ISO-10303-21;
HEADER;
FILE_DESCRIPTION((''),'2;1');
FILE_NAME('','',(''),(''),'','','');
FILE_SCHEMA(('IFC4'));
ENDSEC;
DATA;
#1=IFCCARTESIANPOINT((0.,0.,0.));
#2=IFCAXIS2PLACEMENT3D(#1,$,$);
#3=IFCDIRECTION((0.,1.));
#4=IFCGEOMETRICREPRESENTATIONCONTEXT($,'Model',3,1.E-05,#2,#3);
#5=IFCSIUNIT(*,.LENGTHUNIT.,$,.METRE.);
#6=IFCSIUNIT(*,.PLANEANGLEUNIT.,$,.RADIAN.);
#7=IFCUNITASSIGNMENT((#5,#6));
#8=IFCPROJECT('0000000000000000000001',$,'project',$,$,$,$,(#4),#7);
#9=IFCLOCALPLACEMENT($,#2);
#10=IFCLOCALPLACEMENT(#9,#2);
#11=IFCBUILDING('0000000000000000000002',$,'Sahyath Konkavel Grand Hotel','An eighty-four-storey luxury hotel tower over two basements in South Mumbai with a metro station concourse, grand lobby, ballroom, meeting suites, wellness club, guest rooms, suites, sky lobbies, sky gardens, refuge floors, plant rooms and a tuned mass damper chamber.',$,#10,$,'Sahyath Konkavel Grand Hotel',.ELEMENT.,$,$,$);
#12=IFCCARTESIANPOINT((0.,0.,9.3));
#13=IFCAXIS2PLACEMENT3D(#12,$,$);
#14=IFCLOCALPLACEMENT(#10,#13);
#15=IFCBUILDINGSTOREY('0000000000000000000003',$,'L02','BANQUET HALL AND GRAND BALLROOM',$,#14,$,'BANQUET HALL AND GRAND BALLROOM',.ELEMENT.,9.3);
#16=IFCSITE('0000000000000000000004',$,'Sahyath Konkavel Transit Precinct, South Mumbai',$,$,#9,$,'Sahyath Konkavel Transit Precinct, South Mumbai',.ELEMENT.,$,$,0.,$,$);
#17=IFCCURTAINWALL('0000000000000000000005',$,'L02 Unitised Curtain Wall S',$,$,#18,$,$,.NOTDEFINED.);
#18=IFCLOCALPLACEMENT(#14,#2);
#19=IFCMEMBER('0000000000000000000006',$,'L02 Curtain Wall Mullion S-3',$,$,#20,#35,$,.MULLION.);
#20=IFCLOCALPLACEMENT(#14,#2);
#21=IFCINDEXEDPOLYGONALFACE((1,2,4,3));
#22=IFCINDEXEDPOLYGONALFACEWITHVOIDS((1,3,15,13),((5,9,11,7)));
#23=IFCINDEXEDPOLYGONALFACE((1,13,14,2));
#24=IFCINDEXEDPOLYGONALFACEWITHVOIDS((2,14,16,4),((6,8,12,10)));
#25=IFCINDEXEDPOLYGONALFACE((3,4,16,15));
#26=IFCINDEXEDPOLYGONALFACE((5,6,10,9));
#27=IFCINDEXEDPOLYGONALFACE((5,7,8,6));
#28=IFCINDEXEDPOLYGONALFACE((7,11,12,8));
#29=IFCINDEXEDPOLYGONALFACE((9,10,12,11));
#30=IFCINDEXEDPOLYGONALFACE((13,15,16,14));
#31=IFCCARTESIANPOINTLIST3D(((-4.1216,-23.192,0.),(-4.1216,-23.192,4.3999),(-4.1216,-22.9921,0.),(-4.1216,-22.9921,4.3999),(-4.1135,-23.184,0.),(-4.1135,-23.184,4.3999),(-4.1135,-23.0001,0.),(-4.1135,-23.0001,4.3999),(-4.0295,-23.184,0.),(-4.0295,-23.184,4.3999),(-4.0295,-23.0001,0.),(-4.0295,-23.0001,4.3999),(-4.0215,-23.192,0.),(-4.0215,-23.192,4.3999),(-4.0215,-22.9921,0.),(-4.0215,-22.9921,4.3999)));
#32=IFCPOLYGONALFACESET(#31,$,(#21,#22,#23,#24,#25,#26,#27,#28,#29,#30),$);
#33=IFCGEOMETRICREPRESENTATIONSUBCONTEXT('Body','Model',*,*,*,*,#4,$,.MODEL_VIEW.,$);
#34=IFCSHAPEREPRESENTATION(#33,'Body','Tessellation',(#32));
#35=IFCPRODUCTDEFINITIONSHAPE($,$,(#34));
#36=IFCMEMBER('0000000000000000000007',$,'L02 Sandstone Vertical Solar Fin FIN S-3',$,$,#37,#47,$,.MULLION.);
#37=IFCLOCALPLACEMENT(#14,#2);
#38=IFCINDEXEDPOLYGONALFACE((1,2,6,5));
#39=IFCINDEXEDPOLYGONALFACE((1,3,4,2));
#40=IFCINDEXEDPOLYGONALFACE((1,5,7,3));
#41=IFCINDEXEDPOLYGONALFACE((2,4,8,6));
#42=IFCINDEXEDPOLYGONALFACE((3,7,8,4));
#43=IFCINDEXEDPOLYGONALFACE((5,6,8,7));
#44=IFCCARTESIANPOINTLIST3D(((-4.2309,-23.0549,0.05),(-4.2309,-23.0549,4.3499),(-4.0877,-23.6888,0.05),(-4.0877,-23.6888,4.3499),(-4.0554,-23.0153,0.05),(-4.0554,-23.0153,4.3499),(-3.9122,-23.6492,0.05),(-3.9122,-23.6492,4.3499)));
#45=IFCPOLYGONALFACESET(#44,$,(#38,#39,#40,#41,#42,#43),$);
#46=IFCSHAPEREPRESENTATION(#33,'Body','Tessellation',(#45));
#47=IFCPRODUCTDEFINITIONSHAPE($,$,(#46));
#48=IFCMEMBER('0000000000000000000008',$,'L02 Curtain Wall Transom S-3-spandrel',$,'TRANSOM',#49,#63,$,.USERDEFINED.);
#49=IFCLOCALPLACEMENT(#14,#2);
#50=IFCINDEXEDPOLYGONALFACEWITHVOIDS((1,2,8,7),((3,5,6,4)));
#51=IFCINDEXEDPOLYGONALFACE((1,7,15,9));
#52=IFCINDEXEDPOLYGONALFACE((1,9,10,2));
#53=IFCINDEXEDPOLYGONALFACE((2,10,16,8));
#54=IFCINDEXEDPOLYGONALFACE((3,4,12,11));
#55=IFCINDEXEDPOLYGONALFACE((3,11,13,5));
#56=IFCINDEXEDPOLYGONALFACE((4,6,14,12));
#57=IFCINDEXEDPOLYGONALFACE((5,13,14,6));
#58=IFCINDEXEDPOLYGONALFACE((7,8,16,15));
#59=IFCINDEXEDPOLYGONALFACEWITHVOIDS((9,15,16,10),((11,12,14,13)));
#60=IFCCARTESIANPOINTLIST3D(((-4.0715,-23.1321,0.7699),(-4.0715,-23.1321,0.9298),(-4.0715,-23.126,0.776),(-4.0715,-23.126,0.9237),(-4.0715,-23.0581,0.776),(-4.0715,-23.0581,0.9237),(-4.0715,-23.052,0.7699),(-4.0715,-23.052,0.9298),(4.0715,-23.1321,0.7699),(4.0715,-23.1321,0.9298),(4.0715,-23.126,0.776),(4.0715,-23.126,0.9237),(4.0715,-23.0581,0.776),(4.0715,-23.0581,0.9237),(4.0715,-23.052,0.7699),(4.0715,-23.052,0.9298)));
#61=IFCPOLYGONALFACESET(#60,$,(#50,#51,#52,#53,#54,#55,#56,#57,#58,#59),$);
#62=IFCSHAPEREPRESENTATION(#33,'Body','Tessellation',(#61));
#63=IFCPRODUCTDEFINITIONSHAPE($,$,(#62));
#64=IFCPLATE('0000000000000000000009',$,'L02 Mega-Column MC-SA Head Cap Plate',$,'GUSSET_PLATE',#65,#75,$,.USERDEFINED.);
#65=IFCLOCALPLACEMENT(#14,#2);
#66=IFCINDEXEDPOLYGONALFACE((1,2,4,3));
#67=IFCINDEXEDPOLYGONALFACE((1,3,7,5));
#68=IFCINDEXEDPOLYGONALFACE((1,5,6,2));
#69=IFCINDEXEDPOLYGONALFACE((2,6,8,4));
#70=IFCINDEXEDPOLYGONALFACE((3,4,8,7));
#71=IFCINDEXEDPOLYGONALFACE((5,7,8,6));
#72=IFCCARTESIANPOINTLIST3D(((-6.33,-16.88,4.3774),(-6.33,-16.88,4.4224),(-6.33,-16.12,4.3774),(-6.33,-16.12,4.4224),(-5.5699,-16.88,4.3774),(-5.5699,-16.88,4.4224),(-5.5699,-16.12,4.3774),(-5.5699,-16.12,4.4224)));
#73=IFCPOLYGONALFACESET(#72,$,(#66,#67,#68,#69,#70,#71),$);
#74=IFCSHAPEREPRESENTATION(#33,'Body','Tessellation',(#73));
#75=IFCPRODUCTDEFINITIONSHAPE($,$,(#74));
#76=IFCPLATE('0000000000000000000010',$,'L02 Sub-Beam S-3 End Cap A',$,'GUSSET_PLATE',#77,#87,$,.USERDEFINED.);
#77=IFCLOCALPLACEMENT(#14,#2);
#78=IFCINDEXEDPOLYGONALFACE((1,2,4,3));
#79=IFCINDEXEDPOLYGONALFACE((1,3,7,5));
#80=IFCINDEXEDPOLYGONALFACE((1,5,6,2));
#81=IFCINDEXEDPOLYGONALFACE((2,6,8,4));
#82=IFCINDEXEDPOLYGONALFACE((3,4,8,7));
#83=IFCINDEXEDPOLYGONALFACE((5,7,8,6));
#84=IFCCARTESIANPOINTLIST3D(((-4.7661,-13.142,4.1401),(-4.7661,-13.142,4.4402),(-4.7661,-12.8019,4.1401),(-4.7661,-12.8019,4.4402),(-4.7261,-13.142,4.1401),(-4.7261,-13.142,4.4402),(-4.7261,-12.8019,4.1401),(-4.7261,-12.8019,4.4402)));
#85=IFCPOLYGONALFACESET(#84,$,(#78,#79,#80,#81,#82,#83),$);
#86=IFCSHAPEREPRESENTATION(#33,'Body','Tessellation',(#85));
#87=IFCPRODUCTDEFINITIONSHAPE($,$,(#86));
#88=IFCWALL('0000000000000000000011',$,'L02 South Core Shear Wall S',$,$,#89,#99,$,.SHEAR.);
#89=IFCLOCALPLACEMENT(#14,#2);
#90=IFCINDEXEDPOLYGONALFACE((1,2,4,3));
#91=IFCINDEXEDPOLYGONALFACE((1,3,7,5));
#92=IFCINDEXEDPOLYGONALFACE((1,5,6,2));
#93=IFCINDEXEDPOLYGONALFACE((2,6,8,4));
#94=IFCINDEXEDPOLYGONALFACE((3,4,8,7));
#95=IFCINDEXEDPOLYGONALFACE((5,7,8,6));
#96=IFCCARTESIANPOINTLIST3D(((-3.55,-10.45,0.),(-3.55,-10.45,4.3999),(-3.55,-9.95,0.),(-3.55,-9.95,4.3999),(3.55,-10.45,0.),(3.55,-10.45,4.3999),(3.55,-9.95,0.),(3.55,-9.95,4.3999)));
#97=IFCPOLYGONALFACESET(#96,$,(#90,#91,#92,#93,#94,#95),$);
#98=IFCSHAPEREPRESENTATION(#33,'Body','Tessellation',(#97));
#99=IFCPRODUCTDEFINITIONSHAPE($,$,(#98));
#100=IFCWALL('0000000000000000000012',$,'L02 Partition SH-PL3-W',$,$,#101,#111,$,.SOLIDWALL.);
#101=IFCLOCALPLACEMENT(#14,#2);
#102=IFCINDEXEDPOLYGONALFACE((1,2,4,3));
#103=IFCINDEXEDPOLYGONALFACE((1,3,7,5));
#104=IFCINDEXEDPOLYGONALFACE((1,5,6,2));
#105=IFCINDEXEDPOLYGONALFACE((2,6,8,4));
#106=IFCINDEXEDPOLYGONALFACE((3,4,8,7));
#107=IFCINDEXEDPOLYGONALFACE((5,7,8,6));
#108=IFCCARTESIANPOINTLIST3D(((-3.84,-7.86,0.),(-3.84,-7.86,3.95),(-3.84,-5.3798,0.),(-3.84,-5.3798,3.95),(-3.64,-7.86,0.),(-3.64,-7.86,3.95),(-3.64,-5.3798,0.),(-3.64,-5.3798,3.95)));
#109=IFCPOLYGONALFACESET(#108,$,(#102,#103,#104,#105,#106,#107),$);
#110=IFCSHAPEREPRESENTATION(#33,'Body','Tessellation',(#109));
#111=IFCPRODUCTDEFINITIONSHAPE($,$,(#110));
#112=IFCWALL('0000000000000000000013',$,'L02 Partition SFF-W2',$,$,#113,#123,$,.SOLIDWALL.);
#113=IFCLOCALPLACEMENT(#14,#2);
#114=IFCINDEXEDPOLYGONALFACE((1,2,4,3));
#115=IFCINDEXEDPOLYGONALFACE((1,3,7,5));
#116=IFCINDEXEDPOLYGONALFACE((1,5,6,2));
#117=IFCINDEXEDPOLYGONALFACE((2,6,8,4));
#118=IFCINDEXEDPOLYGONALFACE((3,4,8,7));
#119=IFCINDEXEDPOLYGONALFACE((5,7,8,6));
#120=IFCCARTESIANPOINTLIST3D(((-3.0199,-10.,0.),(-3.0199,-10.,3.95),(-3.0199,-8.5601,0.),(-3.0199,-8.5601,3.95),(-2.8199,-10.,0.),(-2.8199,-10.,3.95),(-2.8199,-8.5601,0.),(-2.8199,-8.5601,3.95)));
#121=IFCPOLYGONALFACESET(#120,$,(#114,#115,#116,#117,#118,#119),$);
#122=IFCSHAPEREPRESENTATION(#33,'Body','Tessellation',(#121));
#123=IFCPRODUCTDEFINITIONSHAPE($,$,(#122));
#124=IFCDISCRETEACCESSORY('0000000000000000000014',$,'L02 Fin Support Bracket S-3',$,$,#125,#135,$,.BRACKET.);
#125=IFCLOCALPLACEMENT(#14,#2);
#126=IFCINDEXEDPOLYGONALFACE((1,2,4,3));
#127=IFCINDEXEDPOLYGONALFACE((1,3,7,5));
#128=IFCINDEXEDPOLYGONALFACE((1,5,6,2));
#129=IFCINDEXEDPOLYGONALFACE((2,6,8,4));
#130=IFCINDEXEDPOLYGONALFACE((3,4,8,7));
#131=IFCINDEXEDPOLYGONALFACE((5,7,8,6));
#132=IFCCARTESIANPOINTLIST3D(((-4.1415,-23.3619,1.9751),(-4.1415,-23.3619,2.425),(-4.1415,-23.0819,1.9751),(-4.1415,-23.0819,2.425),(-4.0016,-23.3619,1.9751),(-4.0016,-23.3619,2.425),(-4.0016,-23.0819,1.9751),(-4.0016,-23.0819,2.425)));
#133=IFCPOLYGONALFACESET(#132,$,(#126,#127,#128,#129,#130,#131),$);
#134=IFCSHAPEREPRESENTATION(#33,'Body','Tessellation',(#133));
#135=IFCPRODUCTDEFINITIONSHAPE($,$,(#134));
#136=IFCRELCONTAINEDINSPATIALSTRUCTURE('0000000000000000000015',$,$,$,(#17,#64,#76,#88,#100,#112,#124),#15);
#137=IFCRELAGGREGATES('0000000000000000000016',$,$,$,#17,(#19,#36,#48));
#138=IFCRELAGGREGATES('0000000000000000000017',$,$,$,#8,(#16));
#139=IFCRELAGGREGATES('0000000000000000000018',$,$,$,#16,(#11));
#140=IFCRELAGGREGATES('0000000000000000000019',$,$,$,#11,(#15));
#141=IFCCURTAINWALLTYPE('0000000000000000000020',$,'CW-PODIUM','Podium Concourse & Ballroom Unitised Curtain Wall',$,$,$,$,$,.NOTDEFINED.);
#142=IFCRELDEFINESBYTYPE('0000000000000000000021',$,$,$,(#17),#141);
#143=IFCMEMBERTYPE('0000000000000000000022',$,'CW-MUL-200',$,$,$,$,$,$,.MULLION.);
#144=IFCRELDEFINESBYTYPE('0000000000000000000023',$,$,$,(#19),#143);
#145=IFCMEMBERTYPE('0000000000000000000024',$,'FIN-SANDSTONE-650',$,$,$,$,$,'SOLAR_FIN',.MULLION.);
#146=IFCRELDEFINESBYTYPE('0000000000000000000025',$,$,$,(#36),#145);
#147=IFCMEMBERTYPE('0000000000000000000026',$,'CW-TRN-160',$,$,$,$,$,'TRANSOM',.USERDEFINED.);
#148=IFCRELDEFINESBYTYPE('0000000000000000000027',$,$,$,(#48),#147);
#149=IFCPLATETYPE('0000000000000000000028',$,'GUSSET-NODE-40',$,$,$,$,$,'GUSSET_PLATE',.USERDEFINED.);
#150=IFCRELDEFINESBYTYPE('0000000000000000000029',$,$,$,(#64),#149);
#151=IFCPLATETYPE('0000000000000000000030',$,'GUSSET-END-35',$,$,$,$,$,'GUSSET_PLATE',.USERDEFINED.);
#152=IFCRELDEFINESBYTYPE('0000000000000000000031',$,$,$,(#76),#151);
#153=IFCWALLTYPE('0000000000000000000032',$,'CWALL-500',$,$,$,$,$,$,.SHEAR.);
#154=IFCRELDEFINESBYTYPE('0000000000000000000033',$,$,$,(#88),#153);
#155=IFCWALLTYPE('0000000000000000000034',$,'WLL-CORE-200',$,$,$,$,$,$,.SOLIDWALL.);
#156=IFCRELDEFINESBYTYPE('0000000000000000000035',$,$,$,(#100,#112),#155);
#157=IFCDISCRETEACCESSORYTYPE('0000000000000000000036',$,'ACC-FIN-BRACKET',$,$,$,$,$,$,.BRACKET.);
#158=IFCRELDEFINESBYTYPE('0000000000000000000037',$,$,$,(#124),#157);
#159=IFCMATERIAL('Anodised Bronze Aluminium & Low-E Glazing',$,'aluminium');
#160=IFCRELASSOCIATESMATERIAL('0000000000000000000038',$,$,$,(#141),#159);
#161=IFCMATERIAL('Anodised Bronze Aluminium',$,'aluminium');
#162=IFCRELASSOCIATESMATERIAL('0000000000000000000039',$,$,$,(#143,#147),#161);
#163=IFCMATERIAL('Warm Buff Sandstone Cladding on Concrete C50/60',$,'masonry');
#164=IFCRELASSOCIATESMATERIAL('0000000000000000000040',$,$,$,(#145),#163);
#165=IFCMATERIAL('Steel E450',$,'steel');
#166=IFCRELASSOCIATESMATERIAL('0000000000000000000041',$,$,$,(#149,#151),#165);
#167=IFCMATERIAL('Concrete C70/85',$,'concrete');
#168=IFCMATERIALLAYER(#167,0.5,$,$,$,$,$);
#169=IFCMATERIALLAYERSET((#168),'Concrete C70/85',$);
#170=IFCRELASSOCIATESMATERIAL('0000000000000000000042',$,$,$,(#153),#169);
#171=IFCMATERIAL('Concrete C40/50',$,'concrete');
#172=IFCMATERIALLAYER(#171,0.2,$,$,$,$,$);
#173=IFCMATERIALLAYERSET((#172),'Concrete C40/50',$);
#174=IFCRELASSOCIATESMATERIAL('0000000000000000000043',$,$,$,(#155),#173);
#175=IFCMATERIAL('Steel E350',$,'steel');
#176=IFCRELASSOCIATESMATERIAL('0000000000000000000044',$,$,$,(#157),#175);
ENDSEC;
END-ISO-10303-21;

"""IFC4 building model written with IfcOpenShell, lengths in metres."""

from ifc_helpers import new_model, si_unit, direction, frame, frame_2d, origin, origin_2d, place, context, subcontext, project, spatial, rectangle, hollow_rectangle, extrude, source, transform, mapped, material, layer, layer_set, material_profile, profile_set, type_object, element, aggregate, save


model = new_model("IFC4")

# Units and contexts
model_context = context("Model", 3, precision=1e-05, world=origin(), true_north=direction((0.0, 1.0)))
body_context = subcontext(model_context, "Body", "Model", "MODEL_VIEW")
ifc_project = project(units=[si_unit("LENGTHUNIT", "METRE"), si_unit("PLANEANGLEUNIT", "RADIAN")], contexts=[model_context])

# Site, building, storey
site_placement = place(None, origin())
site = spatial("IfcSite", under=ifc_project, at=site_placement, Name="Sahyath Konkavel Transit Precinct, South Mumbai", LongName="Sahyath Konkavel Transit Precinct, South Mumbai", CompositionType="ELEMENT", RefElevation=0.0)
building_placement = place(site_placement, origin())
building = spatial("IfcBuilding", under=site, at=building_placement, Name="Sahyath Konkavel Grand Hotel", Description="An eighty-four-storey luxury hotel tower over two basements in South Mumbai with a metro station concourse, grand lobby, ballroom, meeting suites, wellness club, guest rooms, suites, sky lobbies, sky gardens, refuge floors, plant rooms and a tuned mass damper chamber.", LongName="Sahyath Konkavel Grand Hotel", CompositionType="ELEMENT")
storey_placement = place(building_placement, frame((0.0, 0.0, 9.3)))
storey = spatial("IfcBuildingStorey", under=building, at=storey_placement, Name="L02", Description="BANQUET HALL AND GRAND BALLROOM", LongName="BANQUET HALL AND GRAND BALLROOM", CompositionType="ELEMENT", Elevation=9.3)

# Shared definitions
ifc_material_1 = material(Name="Concrete C70/85", Category="concrete")

# Shared definitions
ifc_material_2 = material(Name="Steel E350", Category="steel")
ifc_material_3 = material(Name="Steel E450", Category="steel")

# Curtain wall, members
ifc_material_4 = material(Name="Anodised Bronze Aluminium & Low-E Glazing", Category="aluminium")
curtain_wall_type = type_object("IfcCurtainWallType", Name="CW-PODIUM", Description="Podium Concourse & Ballroom Unitised Curtain Wall", PredefinedType="NOTDEFINED", material=ifc_material_4)
curtain_wall_placement = place(storey_placement, origin())
curtain_wall = element("IfcCurtainWall", 1, at=curtain_wall_placement, inside=storey, type_object=curtain_wall_type, Name="L02 Unitised Curtain Wall S", PredefinedType="NOTDEFINED")
ifc_material_5 = material(Name="Anodised Bronze Aluminium", Category="aluminium")
ifc_material_profile_1 = material_profile(ifc_material_5, hollow_rectangle(XDim=0.1001, YDim=0.2, WallThickness=0.0081, at=origin_2d()), Name="RHS 200x100x8")
ifc_profile_set_1 = profile_set([ifc_material_profile_1], Name="Anodised Bronze Aluminium")
member_type_1 = type_object("IfcMemberType", Name="CW-MUL-200", PredefinedType="MULLION", material=ifc_profile_set_1)
shared_shape_1 = source(origin(), body_context, "Body", "SweptSolid", [
    extrude(hollow_rectangle(XDim=0.1001, YDim=0.2, WallThickness=0.0081, at=origin_2d()), origin(), (0.0, 0.0, 1.0), 4.3999),
])
member_1_placement = place(storey_placement, frame((-4.0715, -23.092, 0.0), z_axis=(0.0, 0.0, 1.0), x_axis=(1.0, 0.0, 0.0)))
member_1 = element("IfcMember", 2, at=member_1_placement, type_object=member_type_1, Name="L02 Curtain Wall Mullion S-3", PredefinedType="MULLION", context=body_context, shape_type="MappedRepresentation", body=[
    mapped(shared_shape_1, transform((0.0, 0.0, 0.0), scale=1.0)),
])
ifc_material_6 = material(Name="Warm Buff Sandstone Cladding on Concrete C50/60", Category="masonry")
ifc_material_profile_2 = material_profile(ifc_material_6, rectangle(XDim=0.1799, YDim=0.6499, at=origin_2d()), Name="FIN 180x650")
ifc_profile_set_2 = profile_set([ifc_material_profile_2], Name="Warm Buff Sandstone Cladding on Concrete C50/60")
member_type_2 = type_object("IfcMemberType", Name="FIN-SANDSTONE-650", ElementType="SOLAR_FIN", PredefinedType="MULLION", material=ifc_profile_set_2)
shared_shape_2 = source(origin(), body_context, "Body", "SweptSolid", [
    extrude(rectangle(XDim=0.1799, YDim=0.6499, at=origin_2d()), origin(), (0.0, 0.0, 1.0), 4.2998),
])
member_2_placement = place(storey_placement, frame((-4.0715, -23.3521, 0.05), z_axis=(0.0, 0.0, 1.0), x_axis=(0.975419, 0.220357, 0.0)))
member_2 = element("IfcMember", 3, at=member_2_placement, type_object=member_type_2, Name="L02 Sandstone Vertical Solar Fin FIN S-3", PredefinedType="MULLION", context=body_context, shape_type="MappedRepresentation", body=[
    mapped(shared_shape_2, transform((0.0, 0.0, 0.0), scale=1.0)),
])
ifc_material_profile_3 = material_profile(ifc_material_5, hollow_rectangle(XDim=0.0801, YDim=0.1599, WallThickness=0.0061, at=origin_2d()), Name="RHS 160x80x6")
ifc_profile_set_3 = profile_set([ifc_material_profile_3], Name="Anodised Bronze Aluminium")
member_type_3 = type_object("IfcMemberType", Name="CW-TRN-160", ElementType="TRANSOM", PredefinedType="USERDEFINED", material=ifc_profile_set_3)
shared_shape_3 = source(origin(), body_context, "Body", "SweptSolid", [
    extrude(hollow_rectangle(XDim=0.0801, YDim=0.1599, WallThickness=0.0061, at=origin_2d()), origin(), (0.0, 0.0, 1.0), 8.1431),
])
member_3_placement = place(storey_placement, frame((-4.0715, -23.092, 0.8499), z_axis=(1.0, 0.0, 0.0), x_axis=(0.0, 1.0, 0.0)))
member_3 = element("IfcMember", 4, at=member_3_placement, type_object=member_type_3, Name="L02 Curtain Wall Transom S-3-spandrel", ObjectType="TRANSOM", PredefinedType="USERDEFINED", context=body_context, shape_type="MappedRepresentation", body=[
    mapped(shared_shape_3, transform((0.0, 0.0, 0.0), scale=1.0)),
])
aggregate(curtain_wall, [member_1, member_2, member_3])

# Plates
plate_type_1 = type_object("IfcPlateType", Name="GUSSET-NODE-40", ElementType="GUSSET_PLATE", PredefinedType="USERDEFINED", material=ifc_material_3)
shared_shape_4 = source(origin(), body_context, "Body", "SweptSolid", [
    extrude(rectangle(XDim=0.76, YDim=0.76, at=origin_2d()), origin(), (0.0, 0.0, 1.0), 0.0449),
])
plate_1_placement = place(storey_placement, frame((-5.95, -16.5, 4.3774), z_axis=(0.0, 0.0, 1.0), x_axis=(1.0, 0.0, 0.0)))
element("IfcPlate", 5, at=plate_1_placement, inside=storey, type_object=plate_type_1, Name="L02 Mega-Column MC-SA Head Cap Plate", ObjectType="GUSSET_PLATE", PredefinedType="USERDEFINED", context=body_context, shape_type="MappedRepresentation", body=[
    mapped(shared_shape_4, transform((0.0, 0.0, 0.0), scale=1.0)),
])
plate_type_2 = type_object("IfcPlateType", Name="GUSSET-END-35", ElementType="GUSSET_PLATE", PredefinedType="USERDEFINED", material=ifc_material_3)
shared_shape_5 = source(origin(), body_context, "Body", "SweptSolid", [
    extrude(rectangle(XDim=0.04, YDim=0.3401, at=origin_2d()), origin(), (0.0, 0.0, 1.0), 0.3),
])
plate_2_placement = place(storey_placement, frame((-4.7461, -12.9719, 4.1401), z_axis=(0.0, 0.0, 1.0), x_axis=(1.0, 0.0, 0.0)))
element("IfcPlate", 6, at=plate_2_placement, inside=storey, type_object=plate_type_2, Name="L02 Sub-Beam S-3 End Cap A", ObjectType="GUSSET_PLATE", PredefinedType="USERDEFINED", context=body_context, shape_type="MappedRepresentation", body=[
    mapped(shared_shape_5, transform((0.0, 0.0, 0.0), scale=1.0)),
])

# Walls
ifc_layer_1 = layer(ifc_material_1, 0.5)
ifc_layer_set_1 = layer_set([ifc_layer_1], Name="Concrete C70/85")
wall_type_1 = type_object("IfcWallType", Name="CWALL-500", PredefinedType="SHEAR", material=ifc_layer_set_1)
wall_1_placement = place(storey_placement, frame((-3.55, -10.2, 0.0), z_axis=(0.0, 0.0, 1.0), x_axis=(1.0, 0.0, 0.0)))
element("IfcWall", 7, at=wall_1_placement, inside=storey, type_object=wall_type_1, Name="L02 South Core Shear Wall S", PredefinedType="SHEAR", context=body_context, shape_type="SweptSolid", body=[
    extrude(rectangle(XDim=7.1001, YDim=0.5, at=frame_2d((3.55, 0.0))), origin(), (0.0, 0.0, 1.0), 4.3999),
])
ifc_material_7 = material(Name="Concrete C40/50", Category="concrete")
ifc_layer_2 = layer(ifc_material_7, 0.2)
ifc_layer_set_2 = layer_set([ifc_layer_2], Name="Concrete C40/50")
wall_type_2 = type_object("IfcWallType", Name="WLL-CORE-200", PredefinedType="SOLIDWALL", material=ifc_layer_set_2)
wall_2_placement = place(storey_placement, frame((-3.74, -7.8601, 0.0), z_axis=(0.0, 0.0, 1.0), x_axis=(0.0, 1.0, 0.0)))
element("IfcWall", 8, at=wall_2_placement, inside=storey, type_object=wall_type_2, Name="L02 Partition SH-PL3-W", PredefinedType="SOLIDWALL", context=body_context, shape_type="SweptSolid", body=[
    extrude(rectangle(XDim=2.4802, YDim=0.2, at=frame_2d((1.2402, 0.0))), origin(), (0.0, 0.0, 1.0), 3.95),
])

# Wall
wall_3_placement = place(storey_placement, frame((-2.9199, -10.0, 0.0), z_axis=(0.0, 0.0, 1.0), x_axis=(0.0, 1.0, 0.0)))
element("IfcWall", 9, at=wall_3_placement, inside=storey, type_object=wall_type_2, Name="L02 Partition SFF-W2", PredefinedType="SOLIDWALL", context=body_context, shape_type="SweptSolid", body=[
    extrude(rectangle(XDim=1.4399, YDim=0.2, at=frame_2d((0.72, 0.0))), origin(), (0.0, 0.0, 1.0), 3.95),
])

# Discrete accessory
discrete_accessory_type = type_object("IfcDiscreteAccessoryType", Name="ACC-FIN-BRACKET", PredefinedType="BRACKET", material=ifc_material_2)
shared_shape_6 = source(origin(), body_context, "Body", "SweptSolid", [
    extrude(rectangle(XDim=0.28, YDim=0.1399, at=origin_2d()), origin(), (0.0, 0.0, 1.0), 0.45),
])
discrete_accessory_placement = place(storey_placement, frame((-4.0715, -23.2219, 1.9751), z_axis=(0.0, 0.0, 1.0), x_axis=(0.0, -1.0, 0.0)))
element("IfcDiscreteAccessory", 10, at=discrete_accessory_placement, inside=storey, type_object=discrete_accessory_type, Name="L02 Fin Support Bracket S-3", PredefinedType="BRACKET", context=body_context, shape_type="MappedRepresentation", body=[
    mapped(shared_shape_6, transform((0.0, 0.0, 0.0), scale=1.0)),
])

save(model, "model.ifc")
